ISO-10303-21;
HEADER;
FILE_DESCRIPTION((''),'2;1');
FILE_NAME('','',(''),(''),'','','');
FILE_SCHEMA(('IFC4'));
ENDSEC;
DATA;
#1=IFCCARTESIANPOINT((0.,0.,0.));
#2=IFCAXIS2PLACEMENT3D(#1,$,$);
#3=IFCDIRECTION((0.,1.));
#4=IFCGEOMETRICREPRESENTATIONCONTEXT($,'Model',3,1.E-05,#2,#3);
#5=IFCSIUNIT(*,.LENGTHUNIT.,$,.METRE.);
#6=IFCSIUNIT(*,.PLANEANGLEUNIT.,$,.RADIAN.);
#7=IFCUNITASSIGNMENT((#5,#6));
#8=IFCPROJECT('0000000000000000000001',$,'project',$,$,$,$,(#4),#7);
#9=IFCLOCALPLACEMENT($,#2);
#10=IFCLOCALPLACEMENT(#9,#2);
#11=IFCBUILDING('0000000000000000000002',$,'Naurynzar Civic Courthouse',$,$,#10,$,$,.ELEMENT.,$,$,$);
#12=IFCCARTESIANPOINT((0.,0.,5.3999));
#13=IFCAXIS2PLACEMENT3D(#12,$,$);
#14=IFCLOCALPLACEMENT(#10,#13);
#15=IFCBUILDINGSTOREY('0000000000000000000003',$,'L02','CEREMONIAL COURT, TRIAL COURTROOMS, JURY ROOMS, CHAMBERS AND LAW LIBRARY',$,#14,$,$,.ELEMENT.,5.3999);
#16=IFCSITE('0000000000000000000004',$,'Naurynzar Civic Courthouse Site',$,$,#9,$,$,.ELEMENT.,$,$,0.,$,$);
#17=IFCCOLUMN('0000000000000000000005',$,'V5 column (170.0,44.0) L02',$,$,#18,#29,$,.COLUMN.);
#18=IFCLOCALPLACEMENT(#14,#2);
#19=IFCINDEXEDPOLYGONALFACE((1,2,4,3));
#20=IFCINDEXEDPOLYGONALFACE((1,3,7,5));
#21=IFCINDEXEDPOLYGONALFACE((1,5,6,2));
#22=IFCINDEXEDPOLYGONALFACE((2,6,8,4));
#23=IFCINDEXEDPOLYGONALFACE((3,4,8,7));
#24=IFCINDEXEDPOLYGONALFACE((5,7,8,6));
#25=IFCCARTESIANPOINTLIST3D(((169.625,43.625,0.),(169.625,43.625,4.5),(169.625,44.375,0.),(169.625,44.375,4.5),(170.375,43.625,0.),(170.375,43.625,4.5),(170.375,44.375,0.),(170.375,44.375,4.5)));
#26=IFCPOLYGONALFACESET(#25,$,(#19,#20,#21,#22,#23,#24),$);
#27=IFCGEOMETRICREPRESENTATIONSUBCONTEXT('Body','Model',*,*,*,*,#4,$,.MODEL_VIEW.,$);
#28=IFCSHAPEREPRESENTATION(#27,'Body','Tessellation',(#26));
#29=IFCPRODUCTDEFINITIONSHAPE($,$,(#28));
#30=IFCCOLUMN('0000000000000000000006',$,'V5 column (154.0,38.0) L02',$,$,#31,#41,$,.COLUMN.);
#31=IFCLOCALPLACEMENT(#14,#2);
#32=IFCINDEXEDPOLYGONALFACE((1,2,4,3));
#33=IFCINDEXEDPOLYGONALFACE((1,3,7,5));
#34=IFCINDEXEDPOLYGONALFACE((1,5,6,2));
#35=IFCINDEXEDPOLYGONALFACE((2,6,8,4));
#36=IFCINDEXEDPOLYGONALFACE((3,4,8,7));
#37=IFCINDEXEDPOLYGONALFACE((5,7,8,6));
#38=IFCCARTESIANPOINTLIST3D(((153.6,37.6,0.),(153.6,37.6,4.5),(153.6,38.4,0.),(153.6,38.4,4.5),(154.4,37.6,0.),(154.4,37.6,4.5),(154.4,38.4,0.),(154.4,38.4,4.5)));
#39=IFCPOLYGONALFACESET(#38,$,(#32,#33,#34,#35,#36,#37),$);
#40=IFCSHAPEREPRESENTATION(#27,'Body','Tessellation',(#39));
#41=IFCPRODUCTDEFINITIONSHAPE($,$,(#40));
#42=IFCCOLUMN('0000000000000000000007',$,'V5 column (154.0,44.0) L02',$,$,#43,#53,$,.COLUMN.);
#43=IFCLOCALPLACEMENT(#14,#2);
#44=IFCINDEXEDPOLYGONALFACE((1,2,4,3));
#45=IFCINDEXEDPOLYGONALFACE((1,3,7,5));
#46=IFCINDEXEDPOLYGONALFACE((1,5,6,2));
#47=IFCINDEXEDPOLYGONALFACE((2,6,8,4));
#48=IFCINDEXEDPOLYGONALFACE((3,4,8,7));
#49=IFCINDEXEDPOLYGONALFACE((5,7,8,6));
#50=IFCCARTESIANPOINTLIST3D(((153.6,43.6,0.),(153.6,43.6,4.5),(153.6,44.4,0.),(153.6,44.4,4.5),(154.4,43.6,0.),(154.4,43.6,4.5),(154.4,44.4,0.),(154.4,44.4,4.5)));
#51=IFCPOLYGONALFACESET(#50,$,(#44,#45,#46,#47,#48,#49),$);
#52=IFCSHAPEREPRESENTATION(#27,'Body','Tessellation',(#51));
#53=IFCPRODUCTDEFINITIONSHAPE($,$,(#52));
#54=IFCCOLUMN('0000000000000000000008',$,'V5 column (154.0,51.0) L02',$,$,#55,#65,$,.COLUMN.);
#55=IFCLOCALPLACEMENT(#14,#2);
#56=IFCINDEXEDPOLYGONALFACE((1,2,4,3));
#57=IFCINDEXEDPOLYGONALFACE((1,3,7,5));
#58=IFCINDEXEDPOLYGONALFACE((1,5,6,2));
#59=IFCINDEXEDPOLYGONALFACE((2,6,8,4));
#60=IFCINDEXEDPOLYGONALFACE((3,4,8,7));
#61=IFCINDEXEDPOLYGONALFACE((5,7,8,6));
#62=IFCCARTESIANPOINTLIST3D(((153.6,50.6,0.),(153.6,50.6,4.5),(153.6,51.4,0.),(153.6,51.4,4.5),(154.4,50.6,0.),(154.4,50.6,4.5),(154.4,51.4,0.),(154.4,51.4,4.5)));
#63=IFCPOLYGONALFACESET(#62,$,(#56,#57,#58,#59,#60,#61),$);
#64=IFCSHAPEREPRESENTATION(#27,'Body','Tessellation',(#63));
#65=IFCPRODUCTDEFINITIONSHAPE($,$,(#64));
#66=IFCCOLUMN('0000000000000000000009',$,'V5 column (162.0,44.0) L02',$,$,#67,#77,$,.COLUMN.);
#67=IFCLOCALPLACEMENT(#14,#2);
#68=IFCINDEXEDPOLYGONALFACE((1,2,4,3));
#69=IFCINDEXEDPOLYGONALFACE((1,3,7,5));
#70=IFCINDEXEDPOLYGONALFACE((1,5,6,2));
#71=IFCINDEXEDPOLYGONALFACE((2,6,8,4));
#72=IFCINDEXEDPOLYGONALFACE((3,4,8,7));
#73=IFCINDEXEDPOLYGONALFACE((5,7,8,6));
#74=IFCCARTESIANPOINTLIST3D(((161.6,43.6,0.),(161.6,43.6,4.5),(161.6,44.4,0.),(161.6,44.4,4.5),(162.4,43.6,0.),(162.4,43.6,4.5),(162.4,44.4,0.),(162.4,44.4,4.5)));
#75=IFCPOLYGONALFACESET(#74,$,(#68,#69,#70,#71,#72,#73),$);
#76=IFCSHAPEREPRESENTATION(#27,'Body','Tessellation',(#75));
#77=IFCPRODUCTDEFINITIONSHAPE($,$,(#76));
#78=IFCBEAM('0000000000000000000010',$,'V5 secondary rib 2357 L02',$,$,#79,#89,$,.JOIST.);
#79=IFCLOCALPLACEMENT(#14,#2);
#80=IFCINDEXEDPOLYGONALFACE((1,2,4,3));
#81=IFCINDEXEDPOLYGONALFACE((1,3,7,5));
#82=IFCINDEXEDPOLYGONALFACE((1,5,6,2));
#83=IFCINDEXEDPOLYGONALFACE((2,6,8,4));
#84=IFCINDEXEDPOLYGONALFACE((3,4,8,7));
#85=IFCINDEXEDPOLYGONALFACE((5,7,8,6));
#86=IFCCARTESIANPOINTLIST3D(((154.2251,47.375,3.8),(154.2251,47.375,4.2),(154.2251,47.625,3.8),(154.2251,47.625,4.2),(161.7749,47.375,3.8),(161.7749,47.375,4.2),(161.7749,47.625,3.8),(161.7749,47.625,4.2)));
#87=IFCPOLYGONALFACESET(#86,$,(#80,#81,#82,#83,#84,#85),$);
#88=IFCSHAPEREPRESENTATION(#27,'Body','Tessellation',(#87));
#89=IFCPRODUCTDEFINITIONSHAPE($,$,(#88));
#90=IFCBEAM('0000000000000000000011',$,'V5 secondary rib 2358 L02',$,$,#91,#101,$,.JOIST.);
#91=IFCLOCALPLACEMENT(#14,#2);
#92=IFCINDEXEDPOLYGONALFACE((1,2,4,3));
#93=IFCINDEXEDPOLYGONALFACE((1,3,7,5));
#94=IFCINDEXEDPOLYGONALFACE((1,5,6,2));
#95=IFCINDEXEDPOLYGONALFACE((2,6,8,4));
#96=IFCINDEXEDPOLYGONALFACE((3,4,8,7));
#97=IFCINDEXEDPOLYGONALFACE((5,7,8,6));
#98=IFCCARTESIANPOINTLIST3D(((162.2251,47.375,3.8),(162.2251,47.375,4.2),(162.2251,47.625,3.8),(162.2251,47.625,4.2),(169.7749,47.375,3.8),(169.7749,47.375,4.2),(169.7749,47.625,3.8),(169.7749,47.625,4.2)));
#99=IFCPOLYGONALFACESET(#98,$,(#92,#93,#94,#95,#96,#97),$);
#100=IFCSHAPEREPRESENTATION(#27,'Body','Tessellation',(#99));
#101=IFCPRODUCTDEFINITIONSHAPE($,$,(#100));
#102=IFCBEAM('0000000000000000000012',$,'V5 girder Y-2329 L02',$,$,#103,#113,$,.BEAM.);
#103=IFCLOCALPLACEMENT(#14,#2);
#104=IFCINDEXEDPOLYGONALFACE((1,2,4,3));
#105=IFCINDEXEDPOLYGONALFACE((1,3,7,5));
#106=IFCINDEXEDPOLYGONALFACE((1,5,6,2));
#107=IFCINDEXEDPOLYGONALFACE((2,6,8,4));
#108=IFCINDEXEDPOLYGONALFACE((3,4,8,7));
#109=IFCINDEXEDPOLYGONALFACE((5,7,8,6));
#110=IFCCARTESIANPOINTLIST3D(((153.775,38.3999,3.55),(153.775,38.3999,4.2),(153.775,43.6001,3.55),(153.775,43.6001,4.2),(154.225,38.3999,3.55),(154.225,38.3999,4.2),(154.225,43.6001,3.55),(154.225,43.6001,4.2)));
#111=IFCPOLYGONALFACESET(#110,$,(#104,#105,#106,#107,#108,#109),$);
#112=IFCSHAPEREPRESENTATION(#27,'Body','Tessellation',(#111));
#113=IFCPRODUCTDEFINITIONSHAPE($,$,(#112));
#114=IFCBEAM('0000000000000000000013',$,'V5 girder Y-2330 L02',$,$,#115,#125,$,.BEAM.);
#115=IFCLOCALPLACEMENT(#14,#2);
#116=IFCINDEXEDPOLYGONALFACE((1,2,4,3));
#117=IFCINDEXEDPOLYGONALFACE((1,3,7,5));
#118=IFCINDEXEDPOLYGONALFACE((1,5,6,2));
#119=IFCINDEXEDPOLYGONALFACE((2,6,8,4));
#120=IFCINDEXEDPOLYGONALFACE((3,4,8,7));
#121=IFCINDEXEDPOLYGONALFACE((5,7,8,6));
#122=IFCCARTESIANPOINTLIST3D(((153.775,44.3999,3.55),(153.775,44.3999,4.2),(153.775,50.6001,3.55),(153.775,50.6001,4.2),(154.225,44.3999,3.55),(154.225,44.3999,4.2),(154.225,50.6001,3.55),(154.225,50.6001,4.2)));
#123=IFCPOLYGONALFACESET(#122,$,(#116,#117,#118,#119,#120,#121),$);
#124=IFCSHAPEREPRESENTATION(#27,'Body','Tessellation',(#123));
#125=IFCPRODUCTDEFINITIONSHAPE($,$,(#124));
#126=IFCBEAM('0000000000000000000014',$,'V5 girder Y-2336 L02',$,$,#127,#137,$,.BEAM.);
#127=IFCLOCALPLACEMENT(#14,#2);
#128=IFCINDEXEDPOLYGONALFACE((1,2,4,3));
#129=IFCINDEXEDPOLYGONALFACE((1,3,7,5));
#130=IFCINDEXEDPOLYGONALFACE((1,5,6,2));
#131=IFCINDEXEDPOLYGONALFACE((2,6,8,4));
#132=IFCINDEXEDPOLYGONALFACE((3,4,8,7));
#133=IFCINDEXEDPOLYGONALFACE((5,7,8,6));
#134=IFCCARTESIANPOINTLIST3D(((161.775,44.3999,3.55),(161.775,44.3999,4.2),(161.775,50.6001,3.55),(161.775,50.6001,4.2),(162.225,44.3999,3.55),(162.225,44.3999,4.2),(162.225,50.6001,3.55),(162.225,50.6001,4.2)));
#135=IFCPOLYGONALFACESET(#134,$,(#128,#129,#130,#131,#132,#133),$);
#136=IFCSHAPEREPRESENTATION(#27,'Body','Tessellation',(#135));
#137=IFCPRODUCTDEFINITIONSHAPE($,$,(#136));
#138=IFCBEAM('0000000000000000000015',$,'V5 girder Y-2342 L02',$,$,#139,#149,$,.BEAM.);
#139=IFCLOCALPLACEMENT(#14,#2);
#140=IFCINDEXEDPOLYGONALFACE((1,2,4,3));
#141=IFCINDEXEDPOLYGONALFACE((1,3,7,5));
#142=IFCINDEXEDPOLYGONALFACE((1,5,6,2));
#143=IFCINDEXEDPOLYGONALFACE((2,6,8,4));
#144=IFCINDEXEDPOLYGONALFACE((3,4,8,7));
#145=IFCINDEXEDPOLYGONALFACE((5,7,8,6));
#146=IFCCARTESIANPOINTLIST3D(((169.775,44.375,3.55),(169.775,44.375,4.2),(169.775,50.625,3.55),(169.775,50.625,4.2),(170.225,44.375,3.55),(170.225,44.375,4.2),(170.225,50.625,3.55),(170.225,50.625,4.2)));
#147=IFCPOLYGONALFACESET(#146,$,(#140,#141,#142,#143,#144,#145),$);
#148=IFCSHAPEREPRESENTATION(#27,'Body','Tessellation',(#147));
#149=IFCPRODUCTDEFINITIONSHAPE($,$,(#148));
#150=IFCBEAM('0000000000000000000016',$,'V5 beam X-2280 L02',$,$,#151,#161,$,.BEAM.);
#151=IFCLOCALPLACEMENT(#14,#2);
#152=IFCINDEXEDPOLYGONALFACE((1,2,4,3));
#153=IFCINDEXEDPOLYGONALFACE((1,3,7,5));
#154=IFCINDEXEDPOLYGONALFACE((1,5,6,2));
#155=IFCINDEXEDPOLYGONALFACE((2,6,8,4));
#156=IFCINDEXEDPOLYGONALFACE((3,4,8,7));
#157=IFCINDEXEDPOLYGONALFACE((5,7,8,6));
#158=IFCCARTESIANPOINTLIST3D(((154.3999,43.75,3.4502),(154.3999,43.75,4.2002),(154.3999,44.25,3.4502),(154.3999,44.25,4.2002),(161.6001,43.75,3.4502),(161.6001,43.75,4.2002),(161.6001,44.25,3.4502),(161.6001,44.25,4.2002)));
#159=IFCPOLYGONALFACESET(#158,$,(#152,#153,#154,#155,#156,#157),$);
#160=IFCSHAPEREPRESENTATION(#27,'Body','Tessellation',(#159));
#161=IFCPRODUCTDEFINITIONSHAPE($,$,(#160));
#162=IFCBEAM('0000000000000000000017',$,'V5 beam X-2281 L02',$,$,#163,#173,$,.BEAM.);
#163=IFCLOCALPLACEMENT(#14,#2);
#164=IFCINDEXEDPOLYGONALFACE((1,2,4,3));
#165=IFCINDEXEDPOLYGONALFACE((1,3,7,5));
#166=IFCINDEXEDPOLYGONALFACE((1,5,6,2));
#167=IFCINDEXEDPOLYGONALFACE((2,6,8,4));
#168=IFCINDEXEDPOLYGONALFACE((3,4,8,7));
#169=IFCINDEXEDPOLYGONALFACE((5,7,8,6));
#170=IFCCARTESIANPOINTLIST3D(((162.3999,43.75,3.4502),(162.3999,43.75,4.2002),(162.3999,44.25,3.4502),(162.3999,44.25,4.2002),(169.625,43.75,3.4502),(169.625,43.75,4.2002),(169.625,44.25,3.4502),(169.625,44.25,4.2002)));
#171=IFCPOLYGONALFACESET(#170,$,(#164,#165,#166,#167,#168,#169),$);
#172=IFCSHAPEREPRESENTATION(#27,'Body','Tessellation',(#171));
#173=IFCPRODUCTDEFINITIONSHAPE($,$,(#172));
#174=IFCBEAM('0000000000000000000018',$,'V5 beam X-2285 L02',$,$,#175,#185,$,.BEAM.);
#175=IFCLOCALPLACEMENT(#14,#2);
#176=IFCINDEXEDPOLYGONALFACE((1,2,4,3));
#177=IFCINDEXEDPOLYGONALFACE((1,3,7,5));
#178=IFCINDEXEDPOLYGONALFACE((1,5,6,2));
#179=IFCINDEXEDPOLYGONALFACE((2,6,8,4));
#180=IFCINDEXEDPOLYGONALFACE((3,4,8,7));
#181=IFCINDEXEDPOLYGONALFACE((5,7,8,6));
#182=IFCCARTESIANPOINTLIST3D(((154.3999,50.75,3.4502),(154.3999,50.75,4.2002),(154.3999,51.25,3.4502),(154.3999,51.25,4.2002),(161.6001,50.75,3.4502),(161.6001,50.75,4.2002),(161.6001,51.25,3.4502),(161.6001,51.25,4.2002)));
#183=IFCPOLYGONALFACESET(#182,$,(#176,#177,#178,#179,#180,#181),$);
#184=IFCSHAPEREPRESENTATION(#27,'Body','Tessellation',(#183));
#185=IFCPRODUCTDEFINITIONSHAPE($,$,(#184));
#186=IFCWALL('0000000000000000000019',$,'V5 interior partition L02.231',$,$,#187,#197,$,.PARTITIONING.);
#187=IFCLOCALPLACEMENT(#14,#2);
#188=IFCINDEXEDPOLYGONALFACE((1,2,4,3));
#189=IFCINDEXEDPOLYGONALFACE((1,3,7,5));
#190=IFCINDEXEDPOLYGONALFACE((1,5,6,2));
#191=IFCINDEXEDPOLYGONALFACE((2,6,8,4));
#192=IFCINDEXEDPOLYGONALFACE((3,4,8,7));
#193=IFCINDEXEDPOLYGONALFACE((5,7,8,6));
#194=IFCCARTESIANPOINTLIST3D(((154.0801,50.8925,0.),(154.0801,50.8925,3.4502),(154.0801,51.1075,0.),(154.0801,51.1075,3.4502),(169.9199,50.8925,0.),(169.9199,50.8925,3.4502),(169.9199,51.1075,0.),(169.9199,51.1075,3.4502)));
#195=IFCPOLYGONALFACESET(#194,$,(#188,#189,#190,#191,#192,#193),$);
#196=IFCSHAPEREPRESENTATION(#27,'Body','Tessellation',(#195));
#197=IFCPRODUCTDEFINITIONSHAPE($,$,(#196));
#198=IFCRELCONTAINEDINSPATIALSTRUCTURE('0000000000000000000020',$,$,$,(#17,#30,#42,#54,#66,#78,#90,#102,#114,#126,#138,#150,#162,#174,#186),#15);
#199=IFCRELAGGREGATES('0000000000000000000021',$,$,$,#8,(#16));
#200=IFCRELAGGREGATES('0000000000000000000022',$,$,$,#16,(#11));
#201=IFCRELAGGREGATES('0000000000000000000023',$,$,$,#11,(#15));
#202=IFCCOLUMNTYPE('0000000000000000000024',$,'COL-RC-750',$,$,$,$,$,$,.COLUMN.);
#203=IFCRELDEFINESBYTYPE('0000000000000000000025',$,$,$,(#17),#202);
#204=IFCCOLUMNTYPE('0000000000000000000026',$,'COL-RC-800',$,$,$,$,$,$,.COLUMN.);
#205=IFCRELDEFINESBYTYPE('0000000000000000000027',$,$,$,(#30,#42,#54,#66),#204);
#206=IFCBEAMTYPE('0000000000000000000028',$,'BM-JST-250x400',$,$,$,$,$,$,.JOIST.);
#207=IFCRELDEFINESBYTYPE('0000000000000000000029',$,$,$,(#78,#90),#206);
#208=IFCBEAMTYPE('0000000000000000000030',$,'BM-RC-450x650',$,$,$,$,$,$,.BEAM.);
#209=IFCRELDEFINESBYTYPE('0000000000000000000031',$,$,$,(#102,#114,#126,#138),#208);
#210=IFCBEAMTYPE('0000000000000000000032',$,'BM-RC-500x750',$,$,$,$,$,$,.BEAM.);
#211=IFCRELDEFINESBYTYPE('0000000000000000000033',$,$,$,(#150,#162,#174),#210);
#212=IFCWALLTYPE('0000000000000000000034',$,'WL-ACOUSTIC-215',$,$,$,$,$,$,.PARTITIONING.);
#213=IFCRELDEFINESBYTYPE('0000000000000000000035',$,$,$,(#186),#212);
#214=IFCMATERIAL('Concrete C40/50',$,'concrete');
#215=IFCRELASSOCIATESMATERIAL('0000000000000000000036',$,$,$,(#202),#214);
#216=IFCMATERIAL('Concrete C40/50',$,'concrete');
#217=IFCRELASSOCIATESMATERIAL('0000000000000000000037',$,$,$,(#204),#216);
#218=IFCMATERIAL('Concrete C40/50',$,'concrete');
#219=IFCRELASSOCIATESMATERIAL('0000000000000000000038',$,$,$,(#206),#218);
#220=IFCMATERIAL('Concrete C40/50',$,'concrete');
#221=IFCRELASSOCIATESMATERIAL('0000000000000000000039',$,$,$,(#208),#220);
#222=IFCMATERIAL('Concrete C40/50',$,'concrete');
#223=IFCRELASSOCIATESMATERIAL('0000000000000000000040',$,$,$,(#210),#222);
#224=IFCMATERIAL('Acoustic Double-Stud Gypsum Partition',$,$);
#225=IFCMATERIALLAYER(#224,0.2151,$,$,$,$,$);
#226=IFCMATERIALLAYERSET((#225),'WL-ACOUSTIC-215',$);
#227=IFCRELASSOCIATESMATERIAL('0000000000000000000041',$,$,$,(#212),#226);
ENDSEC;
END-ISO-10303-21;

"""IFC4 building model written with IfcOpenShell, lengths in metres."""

from ifc_helpers import new_model, si_unit, direction, frame, frame_2d, origin, origin_2d, place, context, subcontext, project, spatial, rectangle, extrude, material, layer, layer_set, material_profile, profile_set, type_object, element, save


model = new_model("IFC4")

# Units and contexts
model_context = context("Model", 3, precision=1e-05, world=origin(), true_north=direction((0.0, 1.0)))
body_context = subcontext(model_context, "Body", "Model", "MODEL_VIEW")
ifc_project = project(units=[si_unit("LENGTHUNIT", "METRE"), si_unit("PLANEANGLEUNIT", "RADIAN")], contexts=[model_context])

# Site, building, storey
site_placement = place(None, origin())
site = spatial("IfcSite", under=ifc_project, at=site_placement, Name="Naurynzar Civic Courthouse Site", CompositionType="ELEMENT", RefElevation=0.0)
building_placement = place(site_placement, origin())
building = spatial("IfcBuilding", under=site, at=building_placement, Name="Naurynzar Civic Courthouse", CompositionType="ELEMENT")
storey_placement = place(building_placement, frame((0.0, 0.0, 5.3999)))
storey = spatial("IfcBuildingStorey", under=building, at=storey_placement, Name="L02", Description="CEREMONIAL COURT, TRIAL COURTROOMS, JURY ROOMS, CHAMBERS AND LAW LIBRARY", CompositionType="ELEMENT", Elevation=5.3999)

# Columns
ifc_material_1 = material(Name="Concrete C40/50", Category="concrete")
ifc_material_profile_1 = material_profile(ifc_material_1, rectangle(XDim=0.75, YDim=0.75, at=origin_2d()), Name="RC 750x750")
ifc_profile_set_1 = profile_set([ifc_material_profile_1], Name="Concrete C40/50")
column_type_1 = type_object("IfcColumnType", Name="COL-RC-750", PredefinedType="COLUMN", material=ifc_profile_set_1)
column_placement = place(storey_placement, frame((170.0, 44.0, 0.0), z_axis=(0.0, 0.0, 1.0), x_axis=(1.0, 0.0, 0.0)))
element("IfcColumn", 1, at=column_placement, inside=storey, type_object=column_type_1, Name="V5 column (170.0,44.0) L02", PredefinedType="COLUMN", context=body_context, shape_type="SweptSolid", body=[
    extrude(rectangle(XDim=0.75, YDim=0.75, at=origin_2d()), origin(), (0.0, 0.0, 1.0), 4.5),
])
ifc_material_2 = material(Name="Concrete C40/50", Category="concrete")
ifc_material_profile_2 = material_profile(ifc_material_2, rectangle(XDim=0.8, YDim=0.8, at=origin_2d()), Name="RC 800x800")
ifc_profile_set_2 = profile_set([ifc_material_profile_2], Name="Concrete C40/50")
column_type_2 = type_object("IfcColumnType", Name="COL-RC-800", PredefinedType="COLUMN", material=ifc_profile_set_2)
for number, where, z_axis, x_axis, name in (
    (2, (154.0, 38.0, 0.0), (0.0, 0.0, 1.0), (1.0, 0.0, 0.0), "V5 column (154.0,38.0) L02"),
    (3, (154.0, 44.0, 0.0), (0.0, 0.0, 1.0), (1.0, 0.0, 0.0), "V5 column (154.0,44.0) L02"),
    (4, (154.0, 51.0, 0.0), (0.0, 0.0, 1.0), (1.0, 0.0, 0.0), "V5 column (154.0,51.0) L02"),
    (5, (162.0, 44.0, 0.0), (0.0, 0.0, 1.0), (1.0, 0.0, 0.0), "V5 column (162.0,44.0) L02"),
):
    element("IfcColumn", number, at=place(storey_placement, frame(where, z_axis=z_axis, x_axis=x_axis)), inside=storey, type_object=column_type_2, Name=name, PredefinedType="COLUMN", context=body_context, shape_type="SweptSolid", body=[
        extrude(rectangle(XDim=0.8, YDim=0.8, at=origin_2d()), origin(), (0.0, 0.0, 1.0), 4.5),
    ])

# Beams
ifc_material_3 = material(Name="Concrete C40/50", Category="concrete")
ifc_material_profile_3 = material_profile(ifc_material_3, rectangle(XDim=0.25, YDim=0.3999, at=origin_2d()), Name="RCB 250x400")
ifc_profile_set_3 = profile_set([ifc_material_profile_3], Name="Concrete C40/50")
beam_type_1 = type_object("IfcBeamType", Name="BM-JST-250x400", PredefinedType="JOIST", material=ifc_profile_set_3)
for number, where, z_axis, x_axis, name in (
    (6, (154.2251, 47.5, 4.0), (1.0, 0.0, 0.0), (0.0, 1.0, 0.0), "V5 secondary rib 2357 L02"),
    (7, (162.2251, 47.5, 4.0), (1.0, 0.0, 0.0), (0.0, 1.0, 0.0), "V5 secondary rib 2358 L02"),
):
    element("IfcBeam", number, at=place(storey_placement, frame(where, z_axis=z_axis, x_axis=x_axis)), inside=storey, type_object=beam_type_1, Name=name, PredefinedType="JOIST", context=body_context, shape_type="SweptSolid", body=[
        extrude(rectangle(XDim=0.25, YDim=0.3999, at=origin_2d()), origin(), (0.0, 0.0, 1.0), 7.5498),
    ])
ifc_material_4 = material(Name="Concrete C40/50", Category="concrete")
ifc_material_profile_4 = material_profile(ifc_material_4, rectangle(XDim=0.45, YDim=0.6499, at=origin_2d()), Name="RCB 450x650")
ifc_profile_set_4 = profile_set([ifc_material_profile_4], Name="Concrete C40/50")
beam_type_2 = type_object("IfcBeamType", Name="BM-RC-450x650", PredefinedType="BEAM", material=ifc_profile_set_4)
beam_1_placement = place(storey_placement, frame((154.0, 38.3999, 3.875), z_axis=(0.0, 1.0, 0.0), x_axis=(-1.0, 0.0, 0.0)))
element("IfcBeam", 8, at=beam_1_placement, inside=storey, type_object=beam_type_2, Name="V5 girder Y-2329 L02", PredefinedType="BEAM", context=body_context, shape_type="SweptSolid", body=[
    extrude(rectangle(XDim=0.45, YDim=0.6499, at=origin_2d()), origin(), (0.0, 0.0, 1.0), 5.2002),
])
for number, where, z_axis, x_axis, name in (
    (9, (154.0, 44.3999, 3.875), (0.0, 1.0, 0.0), (-1.0, 0.0, 0.0), "V5 girder Y-2330 L02"),
    (10, (162.0, 44.3999, 3.875), (0.0, 1.0, 0.0), (-1.0, 0.0, 0.0), "V5 girder Y-2336 L02"),
):
    element("IfcBeam", number, at=place(storey_placement, frame(where, z_axis=z_axis, x_axis=x_axis)), inside=storey, type_object=beam_type_2, Name=name, PredefinedType="BEAM", context=body_context, shape_type="SweptSolid", body=[
        extrude(rectangle(XDim=0.45, YDim=0.6499, at=origin_2d()), origin(), (0.0, 0.0, 1.0), 6.2002),
    ])
beam_2_placement = place(storey_placement, frame((170.0, 44.375, 3.875), z_axis=(0.0, 1.0, 0.0), x_axis=(-1.0, 0.0, 0.0)))
element("IfcBeam", 11, at=beam_2_placement, inside=storey, type_object=beam_type_2, Name="V5 girder Y-2342 L02", PredefinedType="BEAM", context=body_context, shape_type="SweptSolid", body=[
    extrude(rectangle(XDim=0.45, YDim=0.6499, at=origin_2d()), origin(), (0.0, 0.0, 1.0), 6.25),
])
ifc_material_5 = material(Name="Concrete C40/50", Category="concrete")
ifc_material_profile_5 = material_profile(ifc_material_5, rectangle(XDim=0.5, YDim=0.75, at=origin_2d()), Name="RCB 500x750")
ifc_profile_set_5 = profile_set([ifc_material_profile_5], Name="Concrete C40/50")
beam_type_3 = type_object("IfcBeamType", Name="BM-RC-500x750", PredefinedType="BEAM", material=ifc_profile_set_5)
beam_3_placement = place(storey_placement, frame((154.3999, 44.0, 3.8252), z_axis=(1.0, 0.0, 0.0), x_axis=(0.0, 1.0, 0.0)))
element("IfcBeam", 12, at=beam_3_placement, inside=storey, type_object=beam_type_3, Name="V5 beam X-2280 L02", PredefinedType="BEAM", context=body_context, shape_type="SweptSolid", body=[
    extrude(rectangle(XDim=0.5, YDim=0.75, at=origin_2d()), origin(), (0.0, 0.0, 1.0), 7.2002),
])
beam_4_placement = place(storey_placement, frame((162.3999, 44.0, 3.8252), z_axis=(1.0, 0.0, 0.0), x_axis=(0.0, 1.0, 0.0)))
element("IfcBeam", 13, at=beam_4_placement, inside=storey, type_object=beam_type_3, Name="V5 beam X-2281 L02", PredefinedType="BEAM", context=body_context, shape_type="SweptSolid", body=[
    extrude(rectangle(XDim=0.5, YDim=0.75, at=origin_2d()), origin(), (0.0, 0.0, 1.0), 7.2251),
])
beam_5_placement = place(storey_placement, frame((154.3999, 51.0, 3.8252), z_axis=(1.0, 0.0, 0.0), x_axis=(0.0, 1.0, 0.0)))
element("IfcBeam", 14, at=beam_5_placement, inside=storey, type_object=beam_type_3, Name="V5 beam X-2285 L02", PredefinedType="BEAM", context=body_context, shape_type="SweptSolid", body=[
    extrude(rectangle(XDim=0.5, YDim=0.75, at=origin_2d()), origin(), (0.0, 0.0, 1.0), 7.2002),
])

# Wall
ifc_material_6 = material(Name="Acoustic Double-Stud Gypsum Partition")
ifc_layer_1 = layer(ifc_material_6, 0.2151)
ifc_layer_set_1 = layer_set([ifc_layer_1], Name="WL-ACOUSTIC-215")
wall_type_1 = type_object("IfcWallType", Name="WL-ACOUSTIC-215", PredefinedType="PARTITIONING", material=ifc_layer_set_1)
wall_1_placement = place(storey_placement, frame((154.0801, 51.0, 0.0), z_axis=(0.0, 0.0, 1.0), x_axis=(1.0, 0.0, 0.0)))
element("IfcWall", 15, at=wall_1_placement, inside=storey, type_object=wall_type_1, Name="V5 interior partition L02.231", PredefinedType="PARTITIONING", context=body_context, shape_type="SweptSolid", body=[
    extrude(rectangle(XDim=15.8398, YDim=0.2151, at=frame_2d((7.9199, 0.0))), origin(), (0.0, 0.0, 1.0), 3.4502),
])

save(model, "model.ifc")
